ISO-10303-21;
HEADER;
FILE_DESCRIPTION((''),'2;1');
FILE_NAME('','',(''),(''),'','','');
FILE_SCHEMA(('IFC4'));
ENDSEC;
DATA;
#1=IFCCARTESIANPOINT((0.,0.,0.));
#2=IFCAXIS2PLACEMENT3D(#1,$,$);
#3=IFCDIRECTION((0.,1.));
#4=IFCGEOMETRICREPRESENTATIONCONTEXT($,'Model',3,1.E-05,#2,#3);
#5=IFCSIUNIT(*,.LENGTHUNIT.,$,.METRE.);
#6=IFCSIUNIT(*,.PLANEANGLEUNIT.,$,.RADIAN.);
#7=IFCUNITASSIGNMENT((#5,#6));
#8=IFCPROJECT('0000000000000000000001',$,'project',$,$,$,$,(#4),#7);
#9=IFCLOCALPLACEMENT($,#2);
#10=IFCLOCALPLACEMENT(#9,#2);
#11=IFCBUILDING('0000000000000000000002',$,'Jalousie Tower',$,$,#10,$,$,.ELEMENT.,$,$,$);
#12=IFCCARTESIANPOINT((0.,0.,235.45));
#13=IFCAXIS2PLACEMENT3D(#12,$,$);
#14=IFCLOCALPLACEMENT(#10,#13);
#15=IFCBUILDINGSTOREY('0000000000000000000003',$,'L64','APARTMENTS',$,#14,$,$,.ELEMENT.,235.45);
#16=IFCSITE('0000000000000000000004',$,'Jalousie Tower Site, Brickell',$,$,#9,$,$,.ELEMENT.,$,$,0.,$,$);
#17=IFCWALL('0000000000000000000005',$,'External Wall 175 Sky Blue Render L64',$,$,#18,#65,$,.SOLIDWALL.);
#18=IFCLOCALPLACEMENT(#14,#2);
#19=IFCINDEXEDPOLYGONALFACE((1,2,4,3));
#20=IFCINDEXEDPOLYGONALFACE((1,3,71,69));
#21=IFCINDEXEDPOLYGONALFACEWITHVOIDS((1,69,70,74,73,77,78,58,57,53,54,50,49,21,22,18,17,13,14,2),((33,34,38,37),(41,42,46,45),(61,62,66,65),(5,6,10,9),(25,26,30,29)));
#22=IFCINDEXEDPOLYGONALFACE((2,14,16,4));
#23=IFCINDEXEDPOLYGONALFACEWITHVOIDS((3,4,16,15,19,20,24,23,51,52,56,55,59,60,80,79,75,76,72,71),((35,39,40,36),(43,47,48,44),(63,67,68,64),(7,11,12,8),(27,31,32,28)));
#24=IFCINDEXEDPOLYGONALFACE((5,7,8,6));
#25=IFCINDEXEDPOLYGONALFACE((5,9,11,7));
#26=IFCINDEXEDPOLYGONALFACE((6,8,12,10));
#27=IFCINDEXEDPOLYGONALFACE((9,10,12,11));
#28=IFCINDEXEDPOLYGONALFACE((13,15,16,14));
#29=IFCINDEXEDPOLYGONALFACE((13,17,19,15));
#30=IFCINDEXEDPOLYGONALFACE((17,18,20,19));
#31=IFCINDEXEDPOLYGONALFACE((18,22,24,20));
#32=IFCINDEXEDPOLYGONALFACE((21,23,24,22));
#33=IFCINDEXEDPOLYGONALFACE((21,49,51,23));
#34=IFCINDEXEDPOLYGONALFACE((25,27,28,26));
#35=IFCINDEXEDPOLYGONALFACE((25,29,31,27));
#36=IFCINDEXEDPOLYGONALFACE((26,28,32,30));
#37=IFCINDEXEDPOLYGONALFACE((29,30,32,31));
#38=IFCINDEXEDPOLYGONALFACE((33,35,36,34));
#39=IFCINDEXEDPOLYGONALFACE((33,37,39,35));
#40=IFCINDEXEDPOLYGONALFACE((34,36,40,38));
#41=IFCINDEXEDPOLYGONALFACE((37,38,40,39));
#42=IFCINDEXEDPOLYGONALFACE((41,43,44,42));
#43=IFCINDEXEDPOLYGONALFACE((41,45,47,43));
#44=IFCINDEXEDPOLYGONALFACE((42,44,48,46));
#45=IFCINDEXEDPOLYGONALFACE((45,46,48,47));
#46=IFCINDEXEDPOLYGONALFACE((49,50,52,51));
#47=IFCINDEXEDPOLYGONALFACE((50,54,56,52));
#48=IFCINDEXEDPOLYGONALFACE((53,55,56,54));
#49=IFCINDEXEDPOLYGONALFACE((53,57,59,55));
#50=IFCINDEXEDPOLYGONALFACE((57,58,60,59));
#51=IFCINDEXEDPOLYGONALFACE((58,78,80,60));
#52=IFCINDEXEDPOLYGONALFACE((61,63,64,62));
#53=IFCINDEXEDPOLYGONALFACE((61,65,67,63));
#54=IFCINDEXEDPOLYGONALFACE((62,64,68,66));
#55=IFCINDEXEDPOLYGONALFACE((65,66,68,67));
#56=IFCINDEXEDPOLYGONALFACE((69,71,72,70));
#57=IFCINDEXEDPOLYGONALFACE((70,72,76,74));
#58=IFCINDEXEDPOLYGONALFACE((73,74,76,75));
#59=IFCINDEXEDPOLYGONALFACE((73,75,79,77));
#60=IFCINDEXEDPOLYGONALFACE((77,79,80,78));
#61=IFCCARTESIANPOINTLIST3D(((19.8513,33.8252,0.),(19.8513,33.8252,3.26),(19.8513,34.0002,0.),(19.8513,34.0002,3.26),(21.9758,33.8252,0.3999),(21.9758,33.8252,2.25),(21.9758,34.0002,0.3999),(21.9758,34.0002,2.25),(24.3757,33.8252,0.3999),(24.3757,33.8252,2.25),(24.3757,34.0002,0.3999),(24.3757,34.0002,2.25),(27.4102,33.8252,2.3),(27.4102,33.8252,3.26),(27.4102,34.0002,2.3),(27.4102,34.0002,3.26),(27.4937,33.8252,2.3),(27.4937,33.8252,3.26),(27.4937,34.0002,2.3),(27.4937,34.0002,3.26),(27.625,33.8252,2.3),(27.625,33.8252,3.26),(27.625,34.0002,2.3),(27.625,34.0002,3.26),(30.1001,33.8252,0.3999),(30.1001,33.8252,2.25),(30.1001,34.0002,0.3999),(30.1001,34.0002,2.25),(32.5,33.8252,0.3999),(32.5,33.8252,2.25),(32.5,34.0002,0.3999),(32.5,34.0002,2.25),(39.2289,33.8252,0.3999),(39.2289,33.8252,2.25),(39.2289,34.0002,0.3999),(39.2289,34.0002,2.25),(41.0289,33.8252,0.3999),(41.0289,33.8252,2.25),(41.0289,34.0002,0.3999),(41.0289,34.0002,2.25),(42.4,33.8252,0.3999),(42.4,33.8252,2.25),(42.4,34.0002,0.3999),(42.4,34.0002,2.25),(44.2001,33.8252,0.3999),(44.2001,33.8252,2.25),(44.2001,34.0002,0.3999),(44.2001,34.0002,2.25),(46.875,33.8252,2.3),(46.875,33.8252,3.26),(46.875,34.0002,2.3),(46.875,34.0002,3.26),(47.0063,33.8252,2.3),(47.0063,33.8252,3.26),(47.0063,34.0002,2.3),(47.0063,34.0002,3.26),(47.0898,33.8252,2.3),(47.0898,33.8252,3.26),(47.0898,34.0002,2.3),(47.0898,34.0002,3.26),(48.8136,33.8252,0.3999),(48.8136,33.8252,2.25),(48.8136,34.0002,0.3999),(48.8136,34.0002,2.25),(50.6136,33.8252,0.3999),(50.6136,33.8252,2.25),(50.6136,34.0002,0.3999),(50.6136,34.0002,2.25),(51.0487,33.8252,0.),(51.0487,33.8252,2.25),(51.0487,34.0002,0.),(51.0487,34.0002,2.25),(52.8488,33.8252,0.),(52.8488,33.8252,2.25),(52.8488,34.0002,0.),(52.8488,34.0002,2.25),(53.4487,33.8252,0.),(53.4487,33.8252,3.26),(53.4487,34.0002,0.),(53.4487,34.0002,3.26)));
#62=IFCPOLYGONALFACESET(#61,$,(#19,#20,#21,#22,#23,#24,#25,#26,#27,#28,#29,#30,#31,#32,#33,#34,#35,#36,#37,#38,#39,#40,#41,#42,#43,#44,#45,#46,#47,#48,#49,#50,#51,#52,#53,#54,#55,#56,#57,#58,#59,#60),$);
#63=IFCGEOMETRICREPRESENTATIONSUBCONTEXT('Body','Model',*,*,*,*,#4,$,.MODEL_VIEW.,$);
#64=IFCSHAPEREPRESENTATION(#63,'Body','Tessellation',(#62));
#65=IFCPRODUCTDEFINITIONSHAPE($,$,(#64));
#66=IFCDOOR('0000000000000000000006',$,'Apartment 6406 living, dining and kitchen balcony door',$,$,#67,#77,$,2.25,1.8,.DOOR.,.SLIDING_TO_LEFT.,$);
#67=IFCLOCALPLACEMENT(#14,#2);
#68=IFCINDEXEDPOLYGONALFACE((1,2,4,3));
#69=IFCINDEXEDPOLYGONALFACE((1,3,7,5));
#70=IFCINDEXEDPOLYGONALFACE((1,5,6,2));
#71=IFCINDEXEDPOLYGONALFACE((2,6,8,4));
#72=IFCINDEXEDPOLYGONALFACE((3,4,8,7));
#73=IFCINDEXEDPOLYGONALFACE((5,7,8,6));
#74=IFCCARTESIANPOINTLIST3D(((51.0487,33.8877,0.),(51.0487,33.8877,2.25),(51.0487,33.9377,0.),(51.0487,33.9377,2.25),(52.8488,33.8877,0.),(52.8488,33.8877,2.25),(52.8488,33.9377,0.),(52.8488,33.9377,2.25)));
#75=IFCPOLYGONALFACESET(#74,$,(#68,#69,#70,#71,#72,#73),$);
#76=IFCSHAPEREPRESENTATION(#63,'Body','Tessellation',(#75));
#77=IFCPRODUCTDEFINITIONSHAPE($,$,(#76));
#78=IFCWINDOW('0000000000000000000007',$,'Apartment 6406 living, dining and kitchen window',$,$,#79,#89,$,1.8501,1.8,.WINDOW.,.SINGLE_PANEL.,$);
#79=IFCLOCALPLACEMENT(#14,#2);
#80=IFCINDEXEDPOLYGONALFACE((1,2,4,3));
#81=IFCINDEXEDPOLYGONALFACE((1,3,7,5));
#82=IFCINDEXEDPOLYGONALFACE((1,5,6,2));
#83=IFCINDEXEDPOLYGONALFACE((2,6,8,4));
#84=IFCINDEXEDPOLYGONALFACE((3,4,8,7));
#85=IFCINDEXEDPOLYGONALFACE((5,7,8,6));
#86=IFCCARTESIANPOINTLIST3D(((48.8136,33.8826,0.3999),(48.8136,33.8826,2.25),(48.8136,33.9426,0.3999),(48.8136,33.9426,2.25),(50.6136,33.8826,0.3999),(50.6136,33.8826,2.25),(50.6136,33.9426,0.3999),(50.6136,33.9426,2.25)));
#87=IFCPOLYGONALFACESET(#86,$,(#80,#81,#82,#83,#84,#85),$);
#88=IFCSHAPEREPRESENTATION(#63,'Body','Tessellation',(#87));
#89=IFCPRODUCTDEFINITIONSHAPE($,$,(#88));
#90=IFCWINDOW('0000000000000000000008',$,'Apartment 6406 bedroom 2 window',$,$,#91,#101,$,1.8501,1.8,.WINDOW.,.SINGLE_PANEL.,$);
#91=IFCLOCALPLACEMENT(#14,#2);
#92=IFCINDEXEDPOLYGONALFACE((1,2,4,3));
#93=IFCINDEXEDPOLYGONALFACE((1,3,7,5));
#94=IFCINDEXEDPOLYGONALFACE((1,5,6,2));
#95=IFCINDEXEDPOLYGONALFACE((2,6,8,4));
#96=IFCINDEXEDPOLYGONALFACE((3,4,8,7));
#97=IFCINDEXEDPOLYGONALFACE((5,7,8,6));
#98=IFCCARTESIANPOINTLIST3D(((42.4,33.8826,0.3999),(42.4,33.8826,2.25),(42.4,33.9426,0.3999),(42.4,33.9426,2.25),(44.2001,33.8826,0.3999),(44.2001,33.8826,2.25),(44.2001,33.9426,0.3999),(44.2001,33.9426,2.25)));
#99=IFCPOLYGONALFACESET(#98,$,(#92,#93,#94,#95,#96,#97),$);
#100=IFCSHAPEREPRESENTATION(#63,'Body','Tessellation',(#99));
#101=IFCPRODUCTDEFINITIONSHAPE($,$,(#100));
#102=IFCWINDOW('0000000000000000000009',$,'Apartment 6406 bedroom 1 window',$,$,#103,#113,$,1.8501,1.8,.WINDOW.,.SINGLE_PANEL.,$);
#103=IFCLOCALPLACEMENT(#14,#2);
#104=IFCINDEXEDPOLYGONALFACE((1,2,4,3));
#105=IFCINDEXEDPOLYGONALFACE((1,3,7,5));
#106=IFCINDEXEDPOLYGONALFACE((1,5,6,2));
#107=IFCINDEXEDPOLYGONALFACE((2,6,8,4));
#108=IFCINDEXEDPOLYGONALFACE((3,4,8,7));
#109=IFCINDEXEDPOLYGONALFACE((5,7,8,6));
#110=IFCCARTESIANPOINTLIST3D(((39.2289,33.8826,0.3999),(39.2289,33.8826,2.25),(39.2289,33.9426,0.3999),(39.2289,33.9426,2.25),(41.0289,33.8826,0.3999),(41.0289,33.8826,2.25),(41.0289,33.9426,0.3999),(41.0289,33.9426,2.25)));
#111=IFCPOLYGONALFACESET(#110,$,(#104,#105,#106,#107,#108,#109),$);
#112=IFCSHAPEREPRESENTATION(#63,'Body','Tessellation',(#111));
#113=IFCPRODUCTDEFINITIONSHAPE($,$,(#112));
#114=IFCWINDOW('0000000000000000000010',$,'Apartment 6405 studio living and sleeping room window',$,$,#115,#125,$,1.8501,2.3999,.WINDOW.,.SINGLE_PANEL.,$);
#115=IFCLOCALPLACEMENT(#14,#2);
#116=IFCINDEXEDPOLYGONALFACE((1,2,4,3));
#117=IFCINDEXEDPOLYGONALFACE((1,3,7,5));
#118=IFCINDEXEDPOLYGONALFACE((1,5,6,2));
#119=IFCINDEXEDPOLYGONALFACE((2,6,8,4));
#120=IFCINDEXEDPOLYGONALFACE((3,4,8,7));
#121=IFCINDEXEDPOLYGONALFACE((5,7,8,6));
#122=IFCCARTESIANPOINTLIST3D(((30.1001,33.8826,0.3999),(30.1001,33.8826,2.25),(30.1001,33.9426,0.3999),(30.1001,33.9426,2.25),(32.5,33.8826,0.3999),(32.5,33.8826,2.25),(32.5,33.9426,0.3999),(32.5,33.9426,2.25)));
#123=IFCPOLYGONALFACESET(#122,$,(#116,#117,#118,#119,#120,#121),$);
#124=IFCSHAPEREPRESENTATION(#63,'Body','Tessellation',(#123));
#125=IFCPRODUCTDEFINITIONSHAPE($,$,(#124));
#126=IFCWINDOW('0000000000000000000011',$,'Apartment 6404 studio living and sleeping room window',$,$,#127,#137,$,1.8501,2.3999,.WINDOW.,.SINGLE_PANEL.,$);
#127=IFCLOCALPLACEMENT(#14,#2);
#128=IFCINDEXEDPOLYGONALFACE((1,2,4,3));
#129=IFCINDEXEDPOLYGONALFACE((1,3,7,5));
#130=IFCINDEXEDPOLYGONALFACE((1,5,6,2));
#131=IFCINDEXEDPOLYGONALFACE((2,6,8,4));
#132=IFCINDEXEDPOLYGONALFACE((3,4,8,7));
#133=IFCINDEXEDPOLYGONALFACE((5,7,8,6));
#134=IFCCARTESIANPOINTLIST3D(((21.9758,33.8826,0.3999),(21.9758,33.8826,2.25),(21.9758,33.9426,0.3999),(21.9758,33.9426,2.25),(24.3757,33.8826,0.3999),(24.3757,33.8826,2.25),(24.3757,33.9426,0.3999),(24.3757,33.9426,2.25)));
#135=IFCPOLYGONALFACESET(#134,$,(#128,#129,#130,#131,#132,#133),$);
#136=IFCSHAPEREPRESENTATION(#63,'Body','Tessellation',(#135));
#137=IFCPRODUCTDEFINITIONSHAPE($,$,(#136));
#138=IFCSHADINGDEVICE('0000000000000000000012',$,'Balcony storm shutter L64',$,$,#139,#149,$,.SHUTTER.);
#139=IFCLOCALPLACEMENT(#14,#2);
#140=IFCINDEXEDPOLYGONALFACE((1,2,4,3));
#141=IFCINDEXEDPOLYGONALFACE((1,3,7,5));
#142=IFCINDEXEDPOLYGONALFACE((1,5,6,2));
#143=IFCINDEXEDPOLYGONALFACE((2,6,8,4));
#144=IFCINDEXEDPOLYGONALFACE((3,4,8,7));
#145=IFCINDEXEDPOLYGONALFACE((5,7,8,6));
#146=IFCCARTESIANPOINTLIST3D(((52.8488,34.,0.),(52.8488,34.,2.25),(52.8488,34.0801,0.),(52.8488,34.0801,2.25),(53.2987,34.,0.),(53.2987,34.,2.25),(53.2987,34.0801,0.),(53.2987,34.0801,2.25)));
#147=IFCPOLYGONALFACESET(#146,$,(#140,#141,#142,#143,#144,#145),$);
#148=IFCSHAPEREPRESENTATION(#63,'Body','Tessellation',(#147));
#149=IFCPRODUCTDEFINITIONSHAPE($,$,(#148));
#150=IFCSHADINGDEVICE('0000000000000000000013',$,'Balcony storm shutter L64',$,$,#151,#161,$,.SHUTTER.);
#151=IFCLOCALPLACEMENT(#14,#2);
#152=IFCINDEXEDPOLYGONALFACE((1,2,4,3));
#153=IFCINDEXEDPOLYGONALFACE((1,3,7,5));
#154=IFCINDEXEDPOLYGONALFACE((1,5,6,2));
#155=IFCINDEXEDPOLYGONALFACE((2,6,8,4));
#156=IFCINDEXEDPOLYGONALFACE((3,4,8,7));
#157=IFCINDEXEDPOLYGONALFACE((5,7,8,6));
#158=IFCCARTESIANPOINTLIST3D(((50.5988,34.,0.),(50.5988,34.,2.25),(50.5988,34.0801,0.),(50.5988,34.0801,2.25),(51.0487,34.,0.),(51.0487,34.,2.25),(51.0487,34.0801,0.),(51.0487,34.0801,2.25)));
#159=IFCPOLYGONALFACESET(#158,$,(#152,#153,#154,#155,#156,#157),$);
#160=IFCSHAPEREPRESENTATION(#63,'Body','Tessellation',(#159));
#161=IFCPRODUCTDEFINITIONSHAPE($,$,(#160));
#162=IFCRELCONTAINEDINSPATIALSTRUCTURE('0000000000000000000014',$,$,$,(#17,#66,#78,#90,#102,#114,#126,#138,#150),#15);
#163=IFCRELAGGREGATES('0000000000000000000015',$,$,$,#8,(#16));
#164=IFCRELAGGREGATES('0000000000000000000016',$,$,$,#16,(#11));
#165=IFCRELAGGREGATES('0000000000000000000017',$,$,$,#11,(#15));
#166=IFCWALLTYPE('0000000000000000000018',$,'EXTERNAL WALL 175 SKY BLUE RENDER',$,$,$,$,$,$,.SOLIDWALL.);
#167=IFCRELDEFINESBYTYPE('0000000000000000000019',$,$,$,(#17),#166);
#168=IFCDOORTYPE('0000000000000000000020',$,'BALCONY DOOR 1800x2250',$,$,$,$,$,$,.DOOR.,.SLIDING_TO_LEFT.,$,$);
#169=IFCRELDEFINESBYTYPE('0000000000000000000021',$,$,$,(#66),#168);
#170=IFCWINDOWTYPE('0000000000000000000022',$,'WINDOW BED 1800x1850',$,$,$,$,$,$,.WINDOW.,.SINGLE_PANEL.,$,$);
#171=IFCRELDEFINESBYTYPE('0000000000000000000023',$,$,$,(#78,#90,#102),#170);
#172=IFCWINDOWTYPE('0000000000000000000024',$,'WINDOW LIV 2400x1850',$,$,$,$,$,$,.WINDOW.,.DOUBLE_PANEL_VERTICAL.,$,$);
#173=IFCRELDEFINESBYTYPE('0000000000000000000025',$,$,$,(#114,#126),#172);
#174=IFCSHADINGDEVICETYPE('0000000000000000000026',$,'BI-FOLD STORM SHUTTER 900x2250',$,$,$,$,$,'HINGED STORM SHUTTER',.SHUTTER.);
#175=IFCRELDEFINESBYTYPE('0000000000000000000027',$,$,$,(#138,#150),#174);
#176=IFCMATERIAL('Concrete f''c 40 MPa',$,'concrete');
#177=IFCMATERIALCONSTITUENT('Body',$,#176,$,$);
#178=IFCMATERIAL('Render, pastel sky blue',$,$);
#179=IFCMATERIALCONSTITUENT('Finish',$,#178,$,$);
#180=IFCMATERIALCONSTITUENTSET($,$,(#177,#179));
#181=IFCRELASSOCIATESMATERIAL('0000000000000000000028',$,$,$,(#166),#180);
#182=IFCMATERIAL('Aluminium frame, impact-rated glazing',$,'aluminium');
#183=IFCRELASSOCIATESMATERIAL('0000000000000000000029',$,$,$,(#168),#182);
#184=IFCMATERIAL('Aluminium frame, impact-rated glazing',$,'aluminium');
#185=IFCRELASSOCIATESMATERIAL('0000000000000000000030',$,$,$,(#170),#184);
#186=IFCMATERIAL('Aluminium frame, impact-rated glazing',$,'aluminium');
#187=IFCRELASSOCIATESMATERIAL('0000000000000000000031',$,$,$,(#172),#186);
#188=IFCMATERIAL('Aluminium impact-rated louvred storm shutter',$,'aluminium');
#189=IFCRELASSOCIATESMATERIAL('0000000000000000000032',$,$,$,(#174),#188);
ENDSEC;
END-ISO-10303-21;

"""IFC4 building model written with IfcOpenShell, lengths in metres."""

from ifc_helpers import new_model, si_unit, direction, frame, frame_2d, origin, origin_2d, place, context, subcontext, project, spatial, polyline, rectangle, outline, extrude, material, constituent, constituent_set, type_object, element, fill, save


model = new_model("IFC4")

# Units and contexts
model_context = context("Model", 3, precision=1e-05, world=origin(), true_north=direction((0.0, 1.0)))
body_context = subcontext(model_context, "Body", "Model", "MODEL_VIEW")
ifc_project = project(units=[si_unit("LENGTHUNIT", "METRE"), si_unit("PLANEANGLEUNIT", "RADIAN")], contexts=[model_context])

# Site, building, storey
site_placement = place(None, origin())
site = spatial("IfcSite", under=ifc_project, at=site_placement, Name="Jalousie Tower Site, Brickell", CompositionType="ELEMENT", RefElevation=0.0)
building_placement = place(site_placement, origin())
building = spatial("IfcBuilding", under=site, at=building_placement, Name="Jalousie Tower", CompositionType="ELEMENT")
storey_placement = place(building_placement, frame((0.0, 0.0, 235.45)))
storey = spatial("IfcBuildingStorey", under=building, at=storey_placement, Name="L64", Description="APARTMENTS", CompositionType="ELEMENT", Elevation=235.45)

# Wall, openings, door, windows
ifc_material_1 = material(Name="Concrete f'c 40 MPa", Category="concrete")
ifc_constituent_1 = constituent(ifc_material_1, Name="Body")
ifc_material_2 = material(Name="Render, pastel sky blue")
ifc_constituent_2 = constituent(ifc_material_2, Name="Finish")
ifc_constituent_set_1 = constituent_set(constituents=[ifc_constituent_1, ifc_constituent_2])
wall_type_1 = type_object("IfcWallType", Name="EXTERNAL WALL 175 SKY BLUE RENDER", PredefinedType="SOLIDWALL", material=ifc_constituent_set_1)
wall_1_placement = place(storey_placement, frame((53.4487, 33.9126, 0.0), z_axis=(0.0, 0.0, 1.0), x_axis=(-1.0, 0.0, 0.0)))
wall_1 = element("IfcWall", 1, at=wall_1_placement, inside=storey, type_object=wall_type_1, Name="External Wall 175 Sky Blue Render L64", PredefinedType="SOLIDWALL", context=body_context, shape_type="SweptSolid", body=[
    extrude(outline(polyline([(0.0, 0.0), (33.5974, 0.0), (33.5974, 3.26), (26.0386, 3.26), (26.0386, 2.3), (25.9551, 2.3), (25.9551, 3.26), (25.8237, 3.26), (25.8237, 2.3), (6.5737, 2.3), (6.5737, 3.26), (6.4424, 3.26), (6.4424, 2.3), (6.3589, 2.3), (6.3589, 3.26), (0.0, 3.26), (0.0, 0.0)])), frame((0.0, 0.0874, 0.0), z_axis=(0.0, -1.0, 0.0), x_axis=(1.0, 0.0, 0.0)), (0.0, 0.0, 1.0), 0.175),
])
opening_1_placement = place(wall_1_placement, frame((0.6001, 0.0, 0.0)))
opening_1 = element("IfcOpeningElement", 2, at=opening_1_placement, cuts=wall_1, PredefinedType="OPENING", context=body_context, shape_type="SweptSolid", body=[
    extrude(rectangle(XDim=1.8, YDim=2.25, at=frame_2d((0.8999, 1.125))), frame((0.0, 0.0974, 0.0), z_axis=(0.0, -1.0, 0.0), x_axis=(1.0, 0.0, 0.0)), (0.0, 0.0, 1.0), 0.1951),
])
opening_2_placement = place(wall_1_placement, frame((2.8352, 0.0, 0.3999)))
opening_2 = element("IfcOpeningElement", 3, at=opening_2_placement, cuts=wall_1, PredefinedType="OPENING", context=body_context, shape_type="SweptSolid", body=[
    extrude(rectangle(XDim=1.8, YDim=1.8501, at=frame_2d((0.8999, 0.925))), frame((0.0, 0.0974, 0.0), z_axis=(0.0, -1.0, 0.0), x_axis=(1.0, 0.0, 0.0)), (0.0, 0.0, 1.0), 0.1951),
])
opening_3_placement = place(wall_1_placement, frame((9.2488, 0.0, 0.3999)))
opening_3 = element("IfcOpeningElement", 4, at=opening_3_placement, cuts=wall_1, PredefinedType="OPENING", context=body_context, shape_type="SweptSolid", body=[
    extrude(rectangle(XDim=1.8, YDim=1.8501, at=frame_2d((0.8999, 0.925))), frame((0.0, 0.0974, 0.0), z_axis=(0.0, -1.0, 0.0), x_axis=(1.0, 0.0, 0.0)), (0.0, 0.0, 1.0), 0.1951),
])
opening_4_placement = place(wall_1_placement, frame((12.4199, 0.0, 0.3999)))
opening_4 = element("IfcOpeningElement", 5, at=opening_4_placement, cuts=wall_1, PredefinedType="OPENING", context=body_context, shape_type="SweptSolid", body=[
    extrude(rectangle(XDim=1.8, YDim=1.8501, at=frame_2d((0.8999, 0.925))), frame((0.0, 0.0974, 0.0), z_axis=(0.0, -1.0, 0.0), x_axis=(1.0, 0.0, 0.0)), (0.0, 0.0, 1.0), 0.1951),
])
opening_5_placement = place(wall_1_placement, frame((20.9487, 0.0, 0.3999)))
opening_5 = element("IfcOpeningElement", 6, at=opening_5_placement, cuts=wall_1, PredefinedType="OPENING", context=body_context, shape_type="SweptSolid", body=[
    extrude(rectangle(XDim=2.3999, YDim=1.8501, at=frame_2d((1.2, 0.925))), frame((0.0, 0.0974, 0.0), z_axis=(0.0, -1.0, 0.0), x_axis=(1.0, 0.0, 0.0)), (0.0, 0.0, 1.0), 0.1951),
])
opening_6_placement = place(wall_1_placement, frame((29.073, 0.0, 0.3999)))
opening_6 = element("IfcOpeningElement", 7, at=opening_6_placement, cuts=wall_1, PredefinedType="OPENING", context=body_context, shape_type="SweptSolid", body=[
    extrude(rectangle(XDim=2.3999, YDim=1.8501, at=frame_2d((1.2, 0.925))), frame((0.0, 0.0974, 0.0), z_axis=(0.0, -1.0, 0.0), x_axis=(1.0, 0.0, 0.0)), (0.0, 0.0, 1.0), 0.1951),
])
ifc_material_3 = material(Name="Aluminium frame, impact-rated glazing", Category="aluminium")
door_type_1 = type_object("IfcDoorType", Name="BALCONY DOOR 1800x2250", OperationType="SLIDING_TO_LEFT", PredefinedType="DOOR", material=ifc_material_3)
door_1_placement = place(opening_1_placement, origin())
door_1 = element("IfcDoor", 8, at=door_1_placement, inside=storey, type_object=door_type_1, Name="Apartment 6406 living, dining and kitchen balcony door", OperationType="SLIDING_TO_LEFT", OverallHeight=2.25, OverallWidth=1.8, PredefinedType="DOOR", context=body_context, shape_type="SweptSolid", body=[
    extrude(rectangle(XDim=1.8, YDim=2.25, at=frame_2d((0.8999, 1.125))), frame((0.0, 0.0249, 0.0), z_axis=(0.0, -1.0, 0.0), x_axis=(1.0, 0.0, 0.0)), (0.0, 0.0, 1.0), 0.05),
])
fill(opening_1, door_1)
ifc_material_4 = material(Name="Aluminium frame, impact-rated glazing", Category="aluminium")
window_type_1 = type_object("IfcWindowType", Name="WINDOW BED 1800x1850", PartitioningType="SINGLE_PANEL", PredefinedType="WINDOW", material=ifc_material_4)
window_1_placement = place(opening_2_placement, origin())
window_1 = element("IfcWindow", 9, at=window_1_placement, inside=storey, type_object=window_type_1, Name="Apartment 6406 living, dining and kitchen window", OverallHeight=1.8501, OverallWidth=1.8, PartitioningType="SINGLE_PANEL", PredefinedType="WINDOW", context=body_context, shape_type="SweptSolid", body=[
    extrude(rectangle(XDim=1.8, YDim=1.8501, at=frame_2d((0.8999, 0.925))), frame((0.0, 0.03, 0.0), z_axis=(0.0, -1.0, 0.0), x_axis=(1.0, 0.0, 0.0)), (0.0, 0.0, 1.0), 0.0601),
])
fill(opening_2, window_1)
window_2_placement = place(opening_3_placement, origin())
window_2 = element("IfcWindow", 10, at=window_2_placement, inside=storey, type_object=window_type_1, Name="Apartment 6406 bedroom 2 window", OverallHeight=1.8501, OverallWidth=1.8, PartitioningType="SINGLE_PANEL", PredefinedType="WINDOW", context=body_context, shape_type="SweptSolid", body=[
    extrude(rectangle(XDim=1.8, YDim=1.8501, at=frame_2d((0.8999, 0.925))), frame((0.0, 0.03, 0.0), z_axis=(0.0, -1.0, 0.0), x_axis=(1.0, 0.0, 0.0)), (0.0, 0.0, 1.0), 0.0601),
])
fill(opening_3, window_2)
window_3_placement = place(opening_4_placement, origin())
window_3 = element("IfcWindow", 11, at=window_3_placement, inside=storey, type_object=window_type_1, Name="Apartment 6406 bedroom 1 window", OverallHeight=1.8501, OverallWidth=1.8, PartitioningType="SINGLE_PANEL", PredefinedType="WINDOW", context=body_context, shape_type="SweptSolid", body=[
    extrude(rectangle(XDim=1.8, YDim=1.8501, at=frame_2d((0.8999, 0.925))), frame((0.0, 0.03, 0.0), z_axis=(0.0, -1.0, 0.0), x_axis=(1.0, 0.0, 0.0)), (0.0, 0.0, 1.0), 0.0601),
])
fill(opening_4, window_3)
ifc_material_5 = material(Name="Aluminium frame, impact-rated glazing", Category="aluminium")
window_type_2 = type_object("IfcWindowType", Name="WINDOW LIV 2400x1850", PartitioningType="DOUBLE_PANEL_VERTICAL", PredefinedType="WINDOW", material=ifc_material_5)
window_4_placement = place(opening_5_placement, origin())
window_4 = element("IfcWindow", 12, at=window_4_placement, inside=storey, type_object=window_type_2, Name="Apartment 6405 studio living and sleeping room window", OverallHeight=1.8501, OverallWidth=2.3999, PartitioningType="SINGLE_PANEL", PredefinedType="WINDOW", context=body_context, shape_type="SweptSolid", body=[
    extrude(rectangle(XDim=2.3999, YDim=1.8501, at=frame_2d((1.2, 0.925))), frame((0.0, 0.03, 0.0), z_axis=(0.0, -1.0, 0.0), x_axis=(1.0, 0.0, 0.0)), (0.0, 0.0, 1.0), 0.0601),
])
fill(opening_5, window_4)
window_5_placement = place(opening_6_placement, origin())
window_5 = element("IfcWindow", 13, at=window_5_placement, inside=storey, type_object=window_type_2, Name="Apartment 6404 studio living and sleeping room window", OverallHeight=1.8501, OverallWidth=2.3999, PartitioningType="SINGLE_PANEL", PredefinedType="WINDOW", context=body_context, shape_type="SweptSolid", body=[
    extrude(rectangle(XDim=2.3999, YDim=1.8501, at=frame_2d((1.2, 0.925))), frame((0.0, 0.03, 0.0), z_axis=(0.0, -1.0, 0.0), x_axis=(1.0, 0.0, 0.0)), (0.0, 0.0, 1.0), 0.0601),
])
fill(opening_6, window_5)

# Shading devices
ifc_material_6 = material(Name="Aluminium impact-rated louvred storm shutter", Category="aluminium")
shading_device_type_1 = type_object("IfcShadingDeviceType", Name="BI-FOLD STORM SHUTTER 900x2250", ElementType="HINGED STORM SHUTTER", PredefinedType="SHUTTER", material=ifc_material_6)
for number, where, z_axis, x_axis, name in (
    (14, (53.0737, 34.04, 0.0), (0.0, 0.0, 1.0), (-1.0, 0.0, 0.0), "Balcony storm shutter L64"),
    (15, (50.8237, 34.04, 0.0), (0.0, 0.0, 1.0), (-1.0, 0.0, 0.0), "Balcony storm shutter L64"),
):
    element("IfcShadingDevice", number, at=place(storey_placement, frame(where, z_axis=z_axis, x_axis=x_axis)), inside=storey, type_object=shading_device_type_1, Name=name, PredefinedType="SHUTTER", context=body_context, shape_type="SweptSolid", body=[
        extrude(rectangle(XDim=0.45, YDim=0.0801, at=origin_2d()), origin(), (0.0, 0.0, 1.0), 2.25),
    ])

save(model, "model.ifc")
